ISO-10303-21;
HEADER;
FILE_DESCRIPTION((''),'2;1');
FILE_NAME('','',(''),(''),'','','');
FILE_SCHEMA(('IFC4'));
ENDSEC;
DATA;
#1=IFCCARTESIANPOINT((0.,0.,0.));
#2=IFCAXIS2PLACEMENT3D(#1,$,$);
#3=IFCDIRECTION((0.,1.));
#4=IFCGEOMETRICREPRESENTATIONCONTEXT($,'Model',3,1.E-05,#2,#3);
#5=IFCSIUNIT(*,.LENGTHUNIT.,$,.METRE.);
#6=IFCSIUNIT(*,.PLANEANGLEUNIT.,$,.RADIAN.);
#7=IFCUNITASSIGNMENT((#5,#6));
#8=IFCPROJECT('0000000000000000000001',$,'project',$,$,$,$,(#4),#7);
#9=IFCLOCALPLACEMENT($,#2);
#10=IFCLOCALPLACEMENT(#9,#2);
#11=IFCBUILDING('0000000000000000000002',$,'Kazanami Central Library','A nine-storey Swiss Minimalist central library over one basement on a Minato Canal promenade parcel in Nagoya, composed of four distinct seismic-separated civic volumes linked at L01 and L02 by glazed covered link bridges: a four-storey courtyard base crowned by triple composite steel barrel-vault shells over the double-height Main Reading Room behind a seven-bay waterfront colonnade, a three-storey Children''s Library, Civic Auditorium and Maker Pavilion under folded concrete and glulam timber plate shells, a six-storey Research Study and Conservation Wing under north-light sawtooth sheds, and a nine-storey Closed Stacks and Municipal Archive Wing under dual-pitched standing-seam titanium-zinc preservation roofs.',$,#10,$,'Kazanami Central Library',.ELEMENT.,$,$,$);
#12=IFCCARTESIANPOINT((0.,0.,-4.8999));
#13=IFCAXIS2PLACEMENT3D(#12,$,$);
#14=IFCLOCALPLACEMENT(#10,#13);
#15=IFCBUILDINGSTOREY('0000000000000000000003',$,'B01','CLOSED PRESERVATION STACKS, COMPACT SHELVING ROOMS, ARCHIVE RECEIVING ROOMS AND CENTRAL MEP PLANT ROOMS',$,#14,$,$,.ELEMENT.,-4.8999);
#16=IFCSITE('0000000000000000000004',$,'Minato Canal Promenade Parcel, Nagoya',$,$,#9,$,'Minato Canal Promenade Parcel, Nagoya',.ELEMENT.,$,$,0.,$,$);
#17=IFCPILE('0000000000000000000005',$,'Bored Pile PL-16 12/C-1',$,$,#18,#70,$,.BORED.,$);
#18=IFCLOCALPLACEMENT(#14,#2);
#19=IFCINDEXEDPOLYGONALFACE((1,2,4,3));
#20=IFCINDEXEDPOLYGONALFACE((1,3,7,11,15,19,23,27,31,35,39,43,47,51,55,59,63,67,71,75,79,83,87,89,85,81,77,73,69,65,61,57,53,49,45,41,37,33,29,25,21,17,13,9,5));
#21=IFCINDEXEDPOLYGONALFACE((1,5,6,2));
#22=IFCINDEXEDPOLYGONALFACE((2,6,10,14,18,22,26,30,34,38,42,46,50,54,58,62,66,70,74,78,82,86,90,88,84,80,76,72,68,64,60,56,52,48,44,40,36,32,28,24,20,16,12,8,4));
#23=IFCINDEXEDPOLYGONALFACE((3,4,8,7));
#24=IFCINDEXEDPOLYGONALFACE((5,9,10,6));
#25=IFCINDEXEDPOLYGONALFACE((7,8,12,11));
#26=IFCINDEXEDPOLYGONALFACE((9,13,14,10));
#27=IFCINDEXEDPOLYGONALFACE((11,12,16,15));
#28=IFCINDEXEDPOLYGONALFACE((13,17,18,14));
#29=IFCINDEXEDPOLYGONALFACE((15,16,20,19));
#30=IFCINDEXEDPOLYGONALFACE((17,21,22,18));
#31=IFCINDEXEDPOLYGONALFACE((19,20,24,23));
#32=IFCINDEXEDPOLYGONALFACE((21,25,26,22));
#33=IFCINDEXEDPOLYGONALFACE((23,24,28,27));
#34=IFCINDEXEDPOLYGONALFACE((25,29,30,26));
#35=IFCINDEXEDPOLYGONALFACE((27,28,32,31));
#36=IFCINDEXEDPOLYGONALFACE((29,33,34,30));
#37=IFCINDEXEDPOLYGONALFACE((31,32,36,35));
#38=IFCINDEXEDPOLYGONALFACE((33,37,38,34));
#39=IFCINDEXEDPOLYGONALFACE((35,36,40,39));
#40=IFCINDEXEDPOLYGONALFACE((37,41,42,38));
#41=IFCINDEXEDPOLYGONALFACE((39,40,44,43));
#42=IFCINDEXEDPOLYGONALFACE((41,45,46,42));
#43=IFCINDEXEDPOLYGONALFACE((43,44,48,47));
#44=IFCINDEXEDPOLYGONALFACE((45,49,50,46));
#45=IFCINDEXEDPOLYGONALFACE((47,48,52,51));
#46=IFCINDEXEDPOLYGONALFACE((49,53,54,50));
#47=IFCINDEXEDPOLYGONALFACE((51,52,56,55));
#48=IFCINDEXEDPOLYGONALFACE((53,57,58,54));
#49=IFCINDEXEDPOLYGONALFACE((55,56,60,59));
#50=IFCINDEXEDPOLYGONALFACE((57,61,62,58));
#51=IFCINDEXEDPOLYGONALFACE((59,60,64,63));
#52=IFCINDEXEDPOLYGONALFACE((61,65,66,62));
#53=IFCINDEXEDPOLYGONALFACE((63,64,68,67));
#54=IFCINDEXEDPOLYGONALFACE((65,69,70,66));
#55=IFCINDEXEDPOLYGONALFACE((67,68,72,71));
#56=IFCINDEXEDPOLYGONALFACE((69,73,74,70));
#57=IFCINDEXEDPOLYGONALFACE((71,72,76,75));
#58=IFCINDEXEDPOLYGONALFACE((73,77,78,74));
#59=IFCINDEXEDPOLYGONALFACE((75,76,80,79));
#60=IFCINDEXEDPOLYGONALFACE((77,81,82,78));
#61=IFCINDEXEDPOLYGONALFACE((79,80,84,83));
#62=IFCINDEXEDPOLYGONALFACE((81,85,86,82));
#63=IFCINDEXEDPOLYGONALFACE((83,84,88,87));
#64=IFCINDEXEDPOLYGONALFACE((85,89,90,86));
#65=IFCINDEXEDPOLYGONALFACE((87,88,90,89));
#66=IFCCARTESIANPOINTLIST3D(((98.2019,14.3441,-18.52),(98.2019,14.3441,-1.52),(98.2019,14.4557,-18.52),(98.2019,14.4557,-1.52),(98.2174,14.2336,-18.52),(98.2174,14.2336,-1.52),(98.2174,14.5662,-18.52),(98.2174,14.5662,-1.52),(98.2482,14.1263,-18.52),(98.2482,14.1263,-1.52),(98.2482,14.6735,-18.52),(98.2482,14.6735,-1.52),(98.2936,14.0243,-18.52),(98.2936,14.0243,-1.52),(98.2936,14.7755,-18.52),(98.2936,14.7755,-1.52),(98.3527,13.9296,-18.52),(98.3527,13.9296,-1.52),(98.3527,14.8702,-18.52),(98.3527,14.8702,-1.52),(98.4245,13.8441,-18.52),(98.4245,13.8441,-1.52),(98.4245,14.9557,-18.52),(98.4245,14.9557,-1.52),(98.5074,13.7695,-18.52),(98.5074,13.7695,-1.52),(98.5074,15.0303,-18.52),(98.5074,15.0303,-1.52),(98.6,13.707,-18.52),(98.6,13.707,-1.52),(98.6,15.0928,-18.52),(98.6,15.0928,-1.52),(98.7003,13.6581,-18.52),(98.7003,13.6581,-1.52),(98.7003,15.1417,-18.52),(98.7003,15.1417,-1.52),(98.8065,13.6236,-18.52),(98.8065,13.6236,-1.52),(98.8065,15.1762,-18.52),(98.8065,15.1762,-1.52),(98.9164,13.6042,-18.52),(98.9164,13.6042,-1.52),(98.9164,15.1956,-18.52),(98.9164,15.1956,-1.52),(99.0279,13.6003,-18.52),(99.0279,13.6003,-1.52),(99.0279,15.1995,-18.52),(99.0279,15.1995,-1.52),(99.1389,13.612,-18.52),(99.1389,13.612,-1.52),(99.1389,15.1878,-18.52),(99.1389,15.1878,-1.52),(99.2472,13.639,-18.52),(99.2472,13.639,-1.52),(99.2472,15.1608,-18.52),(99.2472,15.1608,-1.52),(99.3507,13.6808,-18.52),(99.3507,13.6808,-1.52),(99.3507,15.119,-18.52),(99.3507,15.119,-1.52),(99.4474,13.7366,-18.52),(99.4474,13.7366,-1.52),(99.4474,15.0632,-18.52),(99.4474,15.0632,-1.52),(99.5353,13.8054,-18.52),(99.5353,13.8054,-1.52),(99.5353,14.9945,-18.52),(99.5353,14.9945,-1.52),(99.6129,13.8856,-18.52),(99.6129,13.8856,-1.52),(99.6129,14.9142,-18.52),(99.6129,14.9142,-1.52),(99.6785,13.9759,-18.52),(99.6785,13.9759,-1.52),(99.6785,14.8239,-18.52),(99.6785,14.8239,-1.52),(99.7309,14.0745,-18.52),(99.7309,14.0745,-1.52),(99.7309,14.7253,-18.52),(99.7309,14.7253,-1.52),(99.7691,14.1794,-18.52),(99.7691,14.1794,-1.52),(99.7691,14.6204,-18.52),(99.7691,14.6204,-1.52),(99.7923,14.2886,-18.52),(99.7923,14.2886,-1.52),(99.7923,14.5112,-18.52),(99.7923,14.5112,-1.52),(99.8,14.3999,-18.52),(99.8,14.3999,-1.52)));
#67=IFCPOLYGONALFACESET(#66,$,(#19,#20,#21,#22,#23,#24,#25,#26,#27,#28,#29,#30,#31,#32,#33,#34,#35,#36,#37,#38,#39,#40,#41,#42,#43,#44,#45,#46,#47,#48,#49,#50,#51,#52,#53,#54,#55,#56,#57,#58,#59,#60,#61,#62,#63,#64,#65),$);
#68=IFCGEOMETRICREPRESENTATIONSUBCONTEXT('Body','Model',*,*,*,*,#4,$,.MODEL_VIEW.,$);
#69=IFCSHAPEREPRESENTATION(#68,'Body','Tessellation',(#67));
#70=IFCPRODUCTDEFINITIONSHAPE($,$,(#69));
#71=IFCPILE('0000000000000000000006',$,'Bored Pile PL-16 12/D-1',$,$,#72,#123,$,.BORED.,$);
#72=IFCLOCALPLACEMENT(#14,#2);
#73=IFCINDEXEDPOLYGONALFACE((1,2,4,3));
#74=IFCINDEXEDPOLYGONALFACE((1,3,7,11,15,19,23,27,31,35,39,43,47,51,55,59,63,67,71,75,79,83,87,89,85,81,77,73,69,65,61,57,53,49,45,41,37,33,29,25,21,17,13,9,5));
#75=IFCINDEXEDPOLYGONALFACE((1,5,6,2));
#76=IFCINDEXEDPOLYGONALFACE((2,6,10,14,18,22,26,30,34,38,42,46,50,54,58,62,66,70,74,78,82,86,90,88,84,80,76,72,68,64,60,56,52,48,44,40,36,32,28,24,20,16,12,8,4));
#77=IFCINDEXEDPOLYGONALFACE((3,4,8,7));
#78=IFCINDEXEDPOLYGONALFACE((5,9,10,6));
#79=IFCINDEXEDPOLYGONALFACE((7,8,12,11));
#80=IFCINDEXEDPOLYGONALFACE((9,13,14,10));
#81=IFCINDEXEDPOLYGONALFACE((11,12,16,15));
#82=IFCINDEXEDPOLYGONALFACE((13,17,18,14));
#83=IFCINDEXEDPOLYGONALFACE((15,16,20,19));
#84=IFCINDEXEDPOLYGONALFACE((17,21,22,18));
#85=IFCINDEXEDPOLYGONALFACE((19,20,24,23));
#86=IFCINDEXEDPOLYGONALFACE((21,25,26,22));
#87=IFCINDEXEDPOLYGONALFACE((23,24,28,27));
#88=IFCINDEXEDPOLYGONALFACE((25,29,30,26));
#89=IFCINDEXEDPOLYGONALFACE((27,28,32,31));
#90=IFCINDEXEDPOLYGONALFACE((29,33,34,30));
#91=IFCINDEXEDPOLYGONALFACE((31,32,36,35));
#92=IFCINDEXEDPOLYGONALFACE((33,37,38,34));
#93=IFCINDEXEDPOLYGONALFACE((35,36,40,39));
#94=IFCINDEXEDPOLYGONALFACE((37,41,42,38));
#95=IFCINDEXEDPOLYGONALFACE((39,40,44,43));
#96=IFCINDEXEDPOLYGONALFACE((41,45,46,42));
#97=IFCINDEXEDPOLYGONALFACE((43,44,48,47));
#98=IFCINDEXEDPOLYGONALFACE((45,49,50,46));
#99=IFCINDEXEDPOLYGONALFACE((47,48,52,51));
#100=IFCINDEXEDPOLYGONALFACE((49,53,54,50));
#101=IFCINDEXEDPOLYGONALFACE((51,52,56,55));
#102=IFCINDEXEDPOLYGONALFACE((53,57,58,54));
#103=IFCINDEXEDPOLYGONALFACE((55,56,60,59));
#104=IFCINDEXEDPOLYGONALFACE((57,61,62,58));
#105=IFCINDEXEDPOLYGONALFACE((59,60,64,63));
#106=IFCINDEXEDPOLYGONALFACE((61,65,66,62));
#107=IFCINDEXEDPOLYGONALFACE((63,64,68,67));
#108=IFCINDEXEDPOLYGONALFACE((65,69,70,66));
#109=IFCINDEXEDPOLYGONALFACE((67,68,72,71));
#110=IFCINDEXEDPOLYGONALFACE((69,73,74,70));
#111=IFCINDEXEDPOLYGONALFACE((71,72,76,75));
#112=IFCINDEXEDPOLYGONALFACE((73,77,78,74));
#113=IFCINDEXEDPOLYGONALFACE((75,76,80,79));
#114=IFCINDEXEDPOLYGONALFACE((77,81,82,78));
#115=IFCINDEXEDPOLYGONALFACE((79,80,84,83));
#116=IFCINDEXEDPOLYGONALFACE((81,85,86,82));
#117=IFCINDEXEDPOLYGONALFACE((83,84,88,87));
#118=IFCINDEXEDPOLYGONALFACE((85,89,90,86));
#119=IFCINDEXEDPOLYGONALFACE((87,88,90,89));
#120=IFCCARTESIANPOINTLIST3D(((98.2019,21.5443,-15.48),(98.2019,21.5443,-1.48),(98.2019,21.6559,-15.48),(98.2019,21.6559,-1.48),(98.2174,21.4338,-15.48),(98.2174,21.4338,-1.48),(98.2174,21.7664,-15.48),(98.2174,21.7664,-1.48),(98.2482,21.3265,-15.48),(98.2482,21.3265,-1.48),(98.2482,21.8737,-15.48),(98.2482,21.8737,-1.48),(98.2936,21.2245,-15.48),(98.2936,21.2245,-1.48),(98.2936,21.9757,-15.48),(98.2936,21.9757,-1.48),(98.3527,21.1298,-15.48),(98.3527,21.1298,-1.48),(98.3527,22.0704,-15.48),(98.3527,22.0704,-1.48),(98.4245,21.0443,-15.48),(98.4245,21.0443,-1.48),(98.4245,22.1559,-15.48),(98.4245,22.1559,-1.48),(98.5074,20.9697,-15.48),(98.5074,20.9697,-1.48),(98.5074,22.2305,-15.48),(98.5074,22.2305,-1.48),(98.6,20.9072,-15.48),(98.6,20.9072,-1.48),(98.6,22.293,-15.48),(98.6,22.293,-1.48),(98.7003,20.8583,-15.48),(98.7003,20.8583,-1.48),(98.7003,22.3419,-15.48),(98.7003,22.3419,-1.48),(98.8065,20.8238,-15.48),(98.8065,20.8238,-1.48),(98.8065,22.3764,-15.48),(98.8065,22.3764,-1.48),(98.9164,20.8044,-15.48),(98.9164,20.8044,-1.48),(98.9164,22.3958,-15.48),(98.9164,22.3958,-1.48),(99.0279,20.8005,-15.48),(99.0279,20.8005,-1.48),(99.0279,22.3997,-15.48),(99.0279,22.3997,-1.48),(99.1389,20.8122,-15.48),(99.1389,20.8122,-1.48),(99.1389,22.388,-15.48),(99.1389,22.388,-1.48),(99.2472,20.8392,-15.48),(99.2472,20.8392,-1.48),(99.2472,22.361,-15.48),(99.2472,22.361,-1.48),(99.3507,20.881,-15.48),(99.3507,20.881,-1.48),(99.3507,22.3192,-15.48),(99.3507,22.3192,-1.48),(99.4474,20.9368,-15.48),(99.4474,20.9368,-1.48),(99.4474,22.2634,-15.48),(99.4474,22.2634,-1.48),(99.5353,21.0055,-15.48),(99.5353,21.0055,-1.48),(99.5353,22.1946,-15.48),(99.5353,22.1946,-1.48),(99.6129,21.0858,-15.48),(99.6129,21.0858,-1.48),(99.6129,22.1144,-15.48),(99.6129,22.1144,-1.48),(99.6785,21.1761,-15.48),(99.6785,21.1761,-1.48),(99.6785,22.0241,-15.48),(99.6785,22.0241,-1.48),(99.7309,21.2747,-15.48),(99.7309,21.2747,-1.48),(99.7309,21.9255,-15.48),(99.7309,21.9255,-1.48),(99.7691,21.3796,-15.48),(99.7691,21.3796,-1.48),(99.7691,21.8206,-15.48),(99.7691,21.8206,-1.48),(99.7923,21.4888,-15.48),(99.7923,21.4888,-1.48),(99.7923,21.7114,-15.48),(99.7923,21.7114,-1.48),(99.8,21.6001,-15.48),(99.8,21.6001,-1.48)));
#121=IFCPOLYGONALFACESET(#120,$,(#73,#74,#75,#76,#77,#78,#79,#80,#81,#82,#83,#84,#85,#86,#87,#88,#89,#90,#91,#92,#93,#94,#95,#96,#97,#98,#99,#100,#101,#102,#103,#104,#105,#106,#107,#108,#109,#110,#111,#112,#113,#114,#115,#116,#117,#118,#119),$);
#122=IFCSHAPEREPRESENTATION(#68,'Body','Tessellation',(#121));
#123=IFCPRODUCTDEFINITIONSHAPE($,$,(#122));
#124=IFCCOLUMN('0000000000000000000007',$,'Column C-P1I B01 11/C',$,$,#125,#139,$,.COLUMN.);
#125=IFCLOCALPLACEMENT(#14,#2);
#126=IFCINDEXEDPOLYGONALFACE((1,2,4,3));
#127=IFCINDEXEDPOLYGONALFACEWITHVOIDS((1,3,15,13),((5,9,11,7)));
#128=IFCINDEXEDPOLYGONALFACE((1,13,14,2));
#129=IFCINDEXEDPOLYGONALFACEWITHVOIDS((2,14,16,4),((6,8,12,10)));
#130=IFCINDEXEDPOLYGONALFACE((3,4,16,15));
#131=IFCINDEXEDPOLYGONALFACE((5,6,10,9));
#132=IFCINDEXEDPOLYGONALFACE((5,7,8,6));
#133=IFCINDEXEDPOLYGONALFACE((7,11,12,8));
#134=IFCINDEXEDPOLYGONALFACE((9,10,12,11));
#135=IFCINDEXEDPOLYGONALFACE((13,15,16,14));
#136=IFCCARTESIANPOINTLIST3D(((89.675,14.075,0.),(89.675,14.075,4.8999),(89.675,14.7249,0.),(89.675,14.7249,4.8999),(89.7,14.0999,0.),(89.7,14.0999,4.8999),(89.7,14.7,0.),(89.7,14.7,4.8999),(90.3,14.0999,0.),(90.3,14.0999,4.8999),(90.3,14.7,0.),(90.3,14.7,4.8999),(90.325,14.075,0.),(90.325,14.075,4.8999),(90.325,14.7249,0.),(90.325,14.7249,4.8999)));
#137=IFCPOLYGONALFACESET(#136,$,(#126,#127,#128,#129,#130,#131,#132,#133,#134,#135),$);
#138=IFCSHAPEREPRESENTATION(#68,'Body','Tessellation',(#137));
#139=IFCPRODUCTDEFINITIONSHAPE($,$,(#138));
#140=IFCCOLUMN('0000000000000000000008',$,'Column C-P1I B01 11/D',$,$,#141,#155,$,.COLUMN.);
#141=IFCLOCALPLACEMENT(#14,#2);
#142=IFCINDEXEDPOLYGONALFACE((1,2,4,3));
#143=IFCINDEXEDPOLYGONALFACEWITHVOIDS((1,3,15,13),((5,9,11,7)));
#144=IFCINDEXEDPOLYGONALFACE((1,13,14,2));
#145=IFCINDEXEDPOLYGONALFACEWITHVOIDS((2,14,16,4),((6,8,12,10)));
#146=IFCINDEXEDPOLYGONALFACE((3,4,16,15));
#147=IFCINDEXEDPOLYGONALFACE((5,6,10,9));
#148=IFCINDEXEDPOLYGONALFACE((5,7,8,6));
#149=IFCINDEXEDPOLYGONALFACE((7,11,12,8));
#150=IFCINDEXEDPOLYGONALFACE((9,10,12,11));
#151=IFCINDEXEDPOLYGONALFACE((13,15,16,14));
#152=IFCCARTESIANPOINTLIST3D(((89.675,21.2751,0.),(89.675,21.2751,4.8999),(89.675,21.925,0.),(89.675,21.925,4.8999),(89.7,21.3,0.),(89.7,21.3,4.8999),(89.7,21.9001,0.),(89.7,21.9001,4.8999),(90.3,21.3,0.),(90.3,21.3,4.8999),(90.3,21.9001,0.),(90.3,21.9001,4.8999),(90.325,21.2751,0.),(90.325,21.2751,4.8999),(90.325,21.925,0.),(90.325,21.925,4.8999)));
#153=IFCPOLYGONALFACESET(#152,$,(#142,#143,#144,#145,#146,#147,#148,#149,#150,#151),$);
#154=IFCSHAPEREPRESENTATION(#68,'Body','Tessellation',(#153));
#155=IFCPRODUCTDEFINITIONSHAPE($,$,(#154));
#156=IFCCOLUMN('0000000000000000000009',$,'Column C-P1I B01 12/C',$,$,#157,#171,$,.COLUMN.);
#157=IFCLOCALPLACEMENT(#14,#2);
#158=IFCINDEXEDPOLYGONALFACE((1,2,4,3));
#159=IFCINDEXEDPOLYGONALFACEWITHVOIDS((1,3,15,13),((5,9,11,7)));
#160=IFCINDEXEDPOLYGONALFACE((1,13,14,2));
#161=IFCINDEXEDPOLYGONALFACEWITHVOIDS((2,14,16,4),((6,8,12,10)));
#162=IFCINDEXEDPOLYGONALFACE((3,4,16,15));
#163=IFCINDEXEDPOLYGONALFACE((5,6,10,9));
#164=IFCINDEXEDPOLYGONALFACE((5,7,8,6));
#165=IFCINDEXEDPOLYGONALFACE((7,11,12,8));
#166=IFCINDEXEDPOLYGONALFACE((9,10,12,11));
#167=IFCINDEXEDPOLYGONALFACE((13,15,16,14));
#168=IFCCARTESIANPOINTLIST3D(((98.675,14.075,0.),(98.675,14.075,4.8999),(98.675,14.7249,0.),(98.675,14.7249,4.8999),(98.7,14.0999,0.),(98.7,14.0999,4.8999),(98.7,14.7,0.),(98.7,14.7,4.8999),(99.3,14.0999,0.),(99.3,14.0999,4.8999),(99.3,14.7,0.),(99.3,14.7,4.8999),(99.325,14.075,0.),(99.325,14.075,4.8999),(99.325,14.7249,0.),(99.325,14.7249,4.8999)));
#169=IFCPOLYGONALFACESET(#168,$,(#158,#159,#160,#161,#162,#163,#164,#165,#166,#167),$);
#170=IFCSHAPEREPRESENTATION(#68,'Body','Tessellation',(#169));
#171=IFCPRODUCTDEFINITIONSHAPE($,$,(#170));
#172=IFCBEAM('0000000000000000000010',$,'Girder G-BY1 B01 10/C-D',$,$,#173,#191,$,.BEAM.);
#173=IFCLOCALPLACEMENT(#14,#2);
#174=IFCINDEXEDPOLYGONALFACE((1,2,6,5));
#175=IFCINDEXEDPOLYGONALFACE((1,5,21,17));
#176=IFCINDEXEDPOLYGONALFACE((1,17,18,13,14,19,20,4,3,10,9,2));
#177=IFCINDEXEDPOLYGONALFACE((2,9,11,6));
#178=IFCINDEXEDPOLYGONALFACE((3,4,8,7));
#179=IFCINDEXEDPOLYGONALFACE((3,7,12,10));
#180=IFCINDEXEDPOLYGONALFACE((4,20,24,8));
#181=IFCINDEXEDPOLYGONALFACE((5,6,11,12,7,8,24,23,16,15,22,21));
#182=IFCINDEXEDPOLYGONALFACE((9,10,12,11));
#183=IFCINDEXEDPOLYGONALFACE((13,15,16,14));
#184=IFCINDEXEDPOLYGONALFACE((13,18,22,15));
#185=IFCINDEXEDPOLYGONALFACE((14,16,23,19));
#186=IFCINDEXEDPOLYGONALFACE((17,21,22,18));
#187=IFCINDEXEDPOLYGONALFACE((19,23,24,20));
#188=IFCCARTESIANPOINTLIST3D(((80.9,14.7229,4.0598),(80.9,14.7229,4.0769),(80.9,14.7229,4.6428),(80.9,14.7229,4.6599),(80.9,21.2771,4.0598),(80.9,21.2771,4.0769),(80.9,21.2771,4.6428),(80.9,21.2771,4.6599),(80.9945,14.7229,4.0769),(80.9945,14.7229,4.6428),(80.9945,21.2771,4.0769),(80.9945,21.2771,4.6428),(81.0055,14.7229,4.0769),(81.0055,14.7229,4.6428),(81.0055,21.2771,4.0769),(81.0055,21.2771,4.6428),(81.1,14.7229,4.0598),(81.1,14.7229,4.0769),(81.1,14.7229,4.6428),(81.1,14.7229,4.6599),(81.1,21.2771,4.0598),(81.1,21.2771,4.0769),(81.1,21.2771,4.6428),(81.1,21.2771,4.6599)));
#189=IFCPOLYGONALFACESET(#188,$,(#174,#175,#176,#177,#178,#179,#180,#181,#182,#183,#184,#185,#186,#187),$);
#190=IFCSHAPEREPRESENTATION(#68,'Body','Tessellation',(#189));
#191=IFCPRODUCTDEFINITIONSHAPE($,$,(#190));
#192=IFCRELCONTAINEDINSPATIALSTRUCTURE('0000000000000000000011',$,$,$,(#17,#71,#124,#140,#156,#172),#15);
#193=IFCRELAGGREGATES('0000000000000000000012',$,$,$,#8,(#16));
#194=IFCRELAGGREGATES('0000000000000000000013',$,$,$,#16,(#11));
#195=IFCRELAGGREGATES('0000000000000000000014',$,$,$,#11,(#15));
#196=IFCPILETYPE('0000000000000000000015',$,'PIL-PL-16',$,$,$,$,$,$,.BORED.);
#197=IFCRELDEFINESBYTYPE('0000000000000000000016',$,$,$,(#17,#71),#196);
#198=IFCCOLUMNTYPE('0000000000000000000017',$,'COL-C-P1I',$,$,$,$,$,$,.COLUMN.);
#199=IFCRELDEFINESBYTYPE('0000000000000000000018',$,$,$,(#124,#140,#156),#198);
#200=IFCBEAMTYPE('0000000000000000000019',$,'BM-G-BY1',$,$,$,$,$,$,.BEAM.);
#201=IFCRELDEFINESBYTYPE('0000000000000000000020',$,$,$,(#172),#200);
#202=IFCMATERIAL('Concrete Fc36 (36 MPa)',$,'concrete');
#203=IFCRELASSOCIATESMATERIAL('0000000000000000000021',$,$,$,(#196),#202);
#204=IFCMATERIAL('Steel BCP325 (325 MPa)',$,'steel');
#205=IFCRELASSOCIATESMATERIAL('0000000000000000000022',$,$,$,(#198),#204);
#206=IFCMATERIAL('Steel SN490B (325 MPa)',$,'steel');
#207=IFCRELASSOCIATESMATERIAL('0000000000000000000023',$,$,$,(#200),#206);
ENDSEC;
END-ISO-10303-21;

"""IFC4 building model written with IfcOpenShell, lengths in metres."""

from ifc_helpers import new_model, si_unit, direction, frame, origin, origin_2d, place, context, subcontext, project, spatial, hollow_rectangle, circle, i_section, extrude, material, material_profile, profile_set, type_object, element, save


model = new_model("IFC4")

# Units and contexts
model_context = context("Model", 3, precision=1e-05, world=origin(), true_north=direction((0.0, 1.0)))
body_context = subcontext(model_context, "Body", "Model", "MODEL_VIEW")
ifc_project = project(units=[si_unit("LENGTHUNIT", "METRE"), si_unit("PLANEANGLEUNIT", "RADIAN")], contexts=[model_context])

# Site, building, storey
site_placement = place(None, origin())
site = spatial("IfcSite", under=ifc_project, at=site_placement, Name="Minato Canal Promenade Parcel, Nagoya", LongName="Minato Canal Promenade Parcel, Nagoya", CompositionType="ELEMENT", RefElevation=0.0)
building_placement = place(site_placement, origin())
building = spatial("IfcBuilding", under=site, at=building_placement, Name="Kazanami Central Library", Description="A nine-storey Swiss Minimalist central library over one basement on a Minato Canal promenade parcel in Nagoya, composed of four distinct seismic-separated civic volumes linked at L01 and L02 by glazed covered link bridges: a four-storey courtyard base crowned by triple composite steel barrel-vault shells over the double-height Main Reading Room behind a seven-bay waterfront colonnade, a three-storey Children's Library, Civic Auditorium and Maker Pavilion under folded concrete and glulam timber plate shells, a six-storey Research Study and Conservation Wing under north-light sawtooth sheds, and a nine-storey Closed Stacks and Municipal Archive Wing under dual-pitched standing-seam titanium-zinc preservation roofs.", LongName="Kazanami Central Library", CompositionType="ELEMENT")
storey_placement = place(building_placement, frame((0.0, 0.0, -4.8999)))
storey = spatial("IfcBuildingStorey", under=building, at=storey_placement, Name="B01", Description="CLOSED PRESERVATION STACKS, COMPACT SHELVING ROOMS, ARCHIVE RECEIVING ROOMS AND CENTRAL MEP PLANT ROOMS", CompositionType="ELEMENT", Elevation=-4.8999)

# Shared definitions
ifc_material_1 = material(Name="Concrete Fc36 (36 MPa)", Category="concrete")

# Piles
ifc_material_profile_1 = material_profile(ifc_material_1, circle(Radius=0.8, at=origin_2d()), Name="BORED-D1600")
ifc_profile_set_1 = profile_set([ifc_material_profile_1], Name="Concrete Fc36 (36 MPa)")
pile_type_1 = type_object("IfcPileType", Name="PIL-PL-16", PredefinedType="BORED", material=ifc_profile_set_1)
pile_1_placement = place(storey_placement, frame((99.0, 14.3999, -1.52), z_axis=(0.0, 0.0, -1.0), x_axis=(1.0, 0.0, 0.0)))
element("IfcPile", 1, at=pile_1_placement, inside=storey, type_object=pile_type_1, Name="Bored Pile PL-16 12/C-1", PredefinedType="BORED", context=body_context, shape_type="SweptSolid", body=[
    extrude(circle(Radius=0.8, at=origin_2d()), origin(), (0.0, 0.0, 1.0), 17.0),
])
pile_2_placement = place(storey_placement, frame((99.0, 21.6001, -1.48), z_axis=(0.0, 0.0, -1.0), x_axis=(1.0, 0.0, 0.0)))
element("IfcPile", 2, at=pile_2_placement, inside=storey, type_object=pile_type_1, Name="Bored Pile PL-16 12/D-1", PredefinedType="BORED", context=body_context, shape_type="SweptSolid", body=[
    extrude(circle(Radius=0.8, at=origin_2d()), origin(), (0.0, 0.0, 1.0), 14.0),
])

# Columns
ifc_material_2 = material(Name="Steel BCP325 (325 MPa)", Category="steel")
ifc_material_profile_2 = material_profile(ifc_material_2, hollow_rectangle(XDim=0.6499, YDim=0.6499, WallThickness=0.0249, at=origin_2d()), Name="BCP-650x650x25")
ifc_profile_set_2 = profile_set([ifc_material_profile_2], Name="Steel BCP325 (325 MPa)")
column_type = type_object("IfcColumnType", Name="COL-C-P1I", PredefinedType="COLUMN", material=ifc_profile_set_2)
for number, where, z_axis, x_axis, name in (
    (3, (90.0, 14.3999, 0.0), (0.0, 0.0, 1.0), (1.0, 0.0, 0.0), "Column C-P1I B01 11/C"),
    (4, (90.0, 21.6001, 0.0), (0.0, 0.0, 1.0), (1.0, 0.0, 0.0), "Column C-P1I B01 11/D"),
    (5, (99.0, 14.3999, 0.0), (0.0, 0.0, 1.0), (1.0, 0.0, 0.0), "Column C-P1I B01 12/C"),
):
    element("IfcColumn", number, at=place(storey_placement, frame(where, z_axis=z_axis, x_axis=x_axis)), inside=storey, type_object=column_type, Name=name, PredefinedType="COLUMN", context=body_context, shape_type="SweptSolid", body=[
        extrude(hollow_rectangle(XDim=0.6499, YDim=0.6499, WallThickness=0.0249, at=origin_2d()), origin(), (0.0, 0.0, 1.0), 4.8999),
    ])

# Beam
ifc_material_3 = material(Name="Steel SN490B (325 MPa)", Category="steel")
ifc_material_profile_3 = material_profile(ifc_material_3, i_section(OverallWidth=0.2, OverallDepth=0.6001, WebThickness=0.011, FlangeThickness=0.0171, at=origin_2d()), Name="H-600x200x11x17")
ifc_profile_set_3 = profile_set([ifc_material_profile_3], Name="Steel SN490B (325 MPa)")
beam_type_1 = type_object("IfcBeamType", Name="BM-G-BY1", PredefinedType="BEAM", material=ifc_profile_set_3)
for number, where, z_axis, x_axis, name in (
    (6, (81.0, 14.7229, 4.3599), (0.0, 1.0, 0.0), (-1.0, 0.0, 0.0), "Girder G-BY1 B01 10/C-D"),
):
    element("IfcBeam", number, at=place(storey_placement, frame(where, z_axis=z_axis, x_axis=x_axis)), inside=storey, type_object=beam_type_1, Name=name, PredefinedType="BEAM", context=body_context, shape_type="SweptSolid", body=[
        extrude(i_section(OverallWidth=0.2, OverallDepth=0.6001, WebThickness=0.011, FlangeThickness=0.0171, at=origin_2d()), origin(), (0.0, 0.0, 1.0), 6.5542),
    ])

save(model, "model.ifc")
